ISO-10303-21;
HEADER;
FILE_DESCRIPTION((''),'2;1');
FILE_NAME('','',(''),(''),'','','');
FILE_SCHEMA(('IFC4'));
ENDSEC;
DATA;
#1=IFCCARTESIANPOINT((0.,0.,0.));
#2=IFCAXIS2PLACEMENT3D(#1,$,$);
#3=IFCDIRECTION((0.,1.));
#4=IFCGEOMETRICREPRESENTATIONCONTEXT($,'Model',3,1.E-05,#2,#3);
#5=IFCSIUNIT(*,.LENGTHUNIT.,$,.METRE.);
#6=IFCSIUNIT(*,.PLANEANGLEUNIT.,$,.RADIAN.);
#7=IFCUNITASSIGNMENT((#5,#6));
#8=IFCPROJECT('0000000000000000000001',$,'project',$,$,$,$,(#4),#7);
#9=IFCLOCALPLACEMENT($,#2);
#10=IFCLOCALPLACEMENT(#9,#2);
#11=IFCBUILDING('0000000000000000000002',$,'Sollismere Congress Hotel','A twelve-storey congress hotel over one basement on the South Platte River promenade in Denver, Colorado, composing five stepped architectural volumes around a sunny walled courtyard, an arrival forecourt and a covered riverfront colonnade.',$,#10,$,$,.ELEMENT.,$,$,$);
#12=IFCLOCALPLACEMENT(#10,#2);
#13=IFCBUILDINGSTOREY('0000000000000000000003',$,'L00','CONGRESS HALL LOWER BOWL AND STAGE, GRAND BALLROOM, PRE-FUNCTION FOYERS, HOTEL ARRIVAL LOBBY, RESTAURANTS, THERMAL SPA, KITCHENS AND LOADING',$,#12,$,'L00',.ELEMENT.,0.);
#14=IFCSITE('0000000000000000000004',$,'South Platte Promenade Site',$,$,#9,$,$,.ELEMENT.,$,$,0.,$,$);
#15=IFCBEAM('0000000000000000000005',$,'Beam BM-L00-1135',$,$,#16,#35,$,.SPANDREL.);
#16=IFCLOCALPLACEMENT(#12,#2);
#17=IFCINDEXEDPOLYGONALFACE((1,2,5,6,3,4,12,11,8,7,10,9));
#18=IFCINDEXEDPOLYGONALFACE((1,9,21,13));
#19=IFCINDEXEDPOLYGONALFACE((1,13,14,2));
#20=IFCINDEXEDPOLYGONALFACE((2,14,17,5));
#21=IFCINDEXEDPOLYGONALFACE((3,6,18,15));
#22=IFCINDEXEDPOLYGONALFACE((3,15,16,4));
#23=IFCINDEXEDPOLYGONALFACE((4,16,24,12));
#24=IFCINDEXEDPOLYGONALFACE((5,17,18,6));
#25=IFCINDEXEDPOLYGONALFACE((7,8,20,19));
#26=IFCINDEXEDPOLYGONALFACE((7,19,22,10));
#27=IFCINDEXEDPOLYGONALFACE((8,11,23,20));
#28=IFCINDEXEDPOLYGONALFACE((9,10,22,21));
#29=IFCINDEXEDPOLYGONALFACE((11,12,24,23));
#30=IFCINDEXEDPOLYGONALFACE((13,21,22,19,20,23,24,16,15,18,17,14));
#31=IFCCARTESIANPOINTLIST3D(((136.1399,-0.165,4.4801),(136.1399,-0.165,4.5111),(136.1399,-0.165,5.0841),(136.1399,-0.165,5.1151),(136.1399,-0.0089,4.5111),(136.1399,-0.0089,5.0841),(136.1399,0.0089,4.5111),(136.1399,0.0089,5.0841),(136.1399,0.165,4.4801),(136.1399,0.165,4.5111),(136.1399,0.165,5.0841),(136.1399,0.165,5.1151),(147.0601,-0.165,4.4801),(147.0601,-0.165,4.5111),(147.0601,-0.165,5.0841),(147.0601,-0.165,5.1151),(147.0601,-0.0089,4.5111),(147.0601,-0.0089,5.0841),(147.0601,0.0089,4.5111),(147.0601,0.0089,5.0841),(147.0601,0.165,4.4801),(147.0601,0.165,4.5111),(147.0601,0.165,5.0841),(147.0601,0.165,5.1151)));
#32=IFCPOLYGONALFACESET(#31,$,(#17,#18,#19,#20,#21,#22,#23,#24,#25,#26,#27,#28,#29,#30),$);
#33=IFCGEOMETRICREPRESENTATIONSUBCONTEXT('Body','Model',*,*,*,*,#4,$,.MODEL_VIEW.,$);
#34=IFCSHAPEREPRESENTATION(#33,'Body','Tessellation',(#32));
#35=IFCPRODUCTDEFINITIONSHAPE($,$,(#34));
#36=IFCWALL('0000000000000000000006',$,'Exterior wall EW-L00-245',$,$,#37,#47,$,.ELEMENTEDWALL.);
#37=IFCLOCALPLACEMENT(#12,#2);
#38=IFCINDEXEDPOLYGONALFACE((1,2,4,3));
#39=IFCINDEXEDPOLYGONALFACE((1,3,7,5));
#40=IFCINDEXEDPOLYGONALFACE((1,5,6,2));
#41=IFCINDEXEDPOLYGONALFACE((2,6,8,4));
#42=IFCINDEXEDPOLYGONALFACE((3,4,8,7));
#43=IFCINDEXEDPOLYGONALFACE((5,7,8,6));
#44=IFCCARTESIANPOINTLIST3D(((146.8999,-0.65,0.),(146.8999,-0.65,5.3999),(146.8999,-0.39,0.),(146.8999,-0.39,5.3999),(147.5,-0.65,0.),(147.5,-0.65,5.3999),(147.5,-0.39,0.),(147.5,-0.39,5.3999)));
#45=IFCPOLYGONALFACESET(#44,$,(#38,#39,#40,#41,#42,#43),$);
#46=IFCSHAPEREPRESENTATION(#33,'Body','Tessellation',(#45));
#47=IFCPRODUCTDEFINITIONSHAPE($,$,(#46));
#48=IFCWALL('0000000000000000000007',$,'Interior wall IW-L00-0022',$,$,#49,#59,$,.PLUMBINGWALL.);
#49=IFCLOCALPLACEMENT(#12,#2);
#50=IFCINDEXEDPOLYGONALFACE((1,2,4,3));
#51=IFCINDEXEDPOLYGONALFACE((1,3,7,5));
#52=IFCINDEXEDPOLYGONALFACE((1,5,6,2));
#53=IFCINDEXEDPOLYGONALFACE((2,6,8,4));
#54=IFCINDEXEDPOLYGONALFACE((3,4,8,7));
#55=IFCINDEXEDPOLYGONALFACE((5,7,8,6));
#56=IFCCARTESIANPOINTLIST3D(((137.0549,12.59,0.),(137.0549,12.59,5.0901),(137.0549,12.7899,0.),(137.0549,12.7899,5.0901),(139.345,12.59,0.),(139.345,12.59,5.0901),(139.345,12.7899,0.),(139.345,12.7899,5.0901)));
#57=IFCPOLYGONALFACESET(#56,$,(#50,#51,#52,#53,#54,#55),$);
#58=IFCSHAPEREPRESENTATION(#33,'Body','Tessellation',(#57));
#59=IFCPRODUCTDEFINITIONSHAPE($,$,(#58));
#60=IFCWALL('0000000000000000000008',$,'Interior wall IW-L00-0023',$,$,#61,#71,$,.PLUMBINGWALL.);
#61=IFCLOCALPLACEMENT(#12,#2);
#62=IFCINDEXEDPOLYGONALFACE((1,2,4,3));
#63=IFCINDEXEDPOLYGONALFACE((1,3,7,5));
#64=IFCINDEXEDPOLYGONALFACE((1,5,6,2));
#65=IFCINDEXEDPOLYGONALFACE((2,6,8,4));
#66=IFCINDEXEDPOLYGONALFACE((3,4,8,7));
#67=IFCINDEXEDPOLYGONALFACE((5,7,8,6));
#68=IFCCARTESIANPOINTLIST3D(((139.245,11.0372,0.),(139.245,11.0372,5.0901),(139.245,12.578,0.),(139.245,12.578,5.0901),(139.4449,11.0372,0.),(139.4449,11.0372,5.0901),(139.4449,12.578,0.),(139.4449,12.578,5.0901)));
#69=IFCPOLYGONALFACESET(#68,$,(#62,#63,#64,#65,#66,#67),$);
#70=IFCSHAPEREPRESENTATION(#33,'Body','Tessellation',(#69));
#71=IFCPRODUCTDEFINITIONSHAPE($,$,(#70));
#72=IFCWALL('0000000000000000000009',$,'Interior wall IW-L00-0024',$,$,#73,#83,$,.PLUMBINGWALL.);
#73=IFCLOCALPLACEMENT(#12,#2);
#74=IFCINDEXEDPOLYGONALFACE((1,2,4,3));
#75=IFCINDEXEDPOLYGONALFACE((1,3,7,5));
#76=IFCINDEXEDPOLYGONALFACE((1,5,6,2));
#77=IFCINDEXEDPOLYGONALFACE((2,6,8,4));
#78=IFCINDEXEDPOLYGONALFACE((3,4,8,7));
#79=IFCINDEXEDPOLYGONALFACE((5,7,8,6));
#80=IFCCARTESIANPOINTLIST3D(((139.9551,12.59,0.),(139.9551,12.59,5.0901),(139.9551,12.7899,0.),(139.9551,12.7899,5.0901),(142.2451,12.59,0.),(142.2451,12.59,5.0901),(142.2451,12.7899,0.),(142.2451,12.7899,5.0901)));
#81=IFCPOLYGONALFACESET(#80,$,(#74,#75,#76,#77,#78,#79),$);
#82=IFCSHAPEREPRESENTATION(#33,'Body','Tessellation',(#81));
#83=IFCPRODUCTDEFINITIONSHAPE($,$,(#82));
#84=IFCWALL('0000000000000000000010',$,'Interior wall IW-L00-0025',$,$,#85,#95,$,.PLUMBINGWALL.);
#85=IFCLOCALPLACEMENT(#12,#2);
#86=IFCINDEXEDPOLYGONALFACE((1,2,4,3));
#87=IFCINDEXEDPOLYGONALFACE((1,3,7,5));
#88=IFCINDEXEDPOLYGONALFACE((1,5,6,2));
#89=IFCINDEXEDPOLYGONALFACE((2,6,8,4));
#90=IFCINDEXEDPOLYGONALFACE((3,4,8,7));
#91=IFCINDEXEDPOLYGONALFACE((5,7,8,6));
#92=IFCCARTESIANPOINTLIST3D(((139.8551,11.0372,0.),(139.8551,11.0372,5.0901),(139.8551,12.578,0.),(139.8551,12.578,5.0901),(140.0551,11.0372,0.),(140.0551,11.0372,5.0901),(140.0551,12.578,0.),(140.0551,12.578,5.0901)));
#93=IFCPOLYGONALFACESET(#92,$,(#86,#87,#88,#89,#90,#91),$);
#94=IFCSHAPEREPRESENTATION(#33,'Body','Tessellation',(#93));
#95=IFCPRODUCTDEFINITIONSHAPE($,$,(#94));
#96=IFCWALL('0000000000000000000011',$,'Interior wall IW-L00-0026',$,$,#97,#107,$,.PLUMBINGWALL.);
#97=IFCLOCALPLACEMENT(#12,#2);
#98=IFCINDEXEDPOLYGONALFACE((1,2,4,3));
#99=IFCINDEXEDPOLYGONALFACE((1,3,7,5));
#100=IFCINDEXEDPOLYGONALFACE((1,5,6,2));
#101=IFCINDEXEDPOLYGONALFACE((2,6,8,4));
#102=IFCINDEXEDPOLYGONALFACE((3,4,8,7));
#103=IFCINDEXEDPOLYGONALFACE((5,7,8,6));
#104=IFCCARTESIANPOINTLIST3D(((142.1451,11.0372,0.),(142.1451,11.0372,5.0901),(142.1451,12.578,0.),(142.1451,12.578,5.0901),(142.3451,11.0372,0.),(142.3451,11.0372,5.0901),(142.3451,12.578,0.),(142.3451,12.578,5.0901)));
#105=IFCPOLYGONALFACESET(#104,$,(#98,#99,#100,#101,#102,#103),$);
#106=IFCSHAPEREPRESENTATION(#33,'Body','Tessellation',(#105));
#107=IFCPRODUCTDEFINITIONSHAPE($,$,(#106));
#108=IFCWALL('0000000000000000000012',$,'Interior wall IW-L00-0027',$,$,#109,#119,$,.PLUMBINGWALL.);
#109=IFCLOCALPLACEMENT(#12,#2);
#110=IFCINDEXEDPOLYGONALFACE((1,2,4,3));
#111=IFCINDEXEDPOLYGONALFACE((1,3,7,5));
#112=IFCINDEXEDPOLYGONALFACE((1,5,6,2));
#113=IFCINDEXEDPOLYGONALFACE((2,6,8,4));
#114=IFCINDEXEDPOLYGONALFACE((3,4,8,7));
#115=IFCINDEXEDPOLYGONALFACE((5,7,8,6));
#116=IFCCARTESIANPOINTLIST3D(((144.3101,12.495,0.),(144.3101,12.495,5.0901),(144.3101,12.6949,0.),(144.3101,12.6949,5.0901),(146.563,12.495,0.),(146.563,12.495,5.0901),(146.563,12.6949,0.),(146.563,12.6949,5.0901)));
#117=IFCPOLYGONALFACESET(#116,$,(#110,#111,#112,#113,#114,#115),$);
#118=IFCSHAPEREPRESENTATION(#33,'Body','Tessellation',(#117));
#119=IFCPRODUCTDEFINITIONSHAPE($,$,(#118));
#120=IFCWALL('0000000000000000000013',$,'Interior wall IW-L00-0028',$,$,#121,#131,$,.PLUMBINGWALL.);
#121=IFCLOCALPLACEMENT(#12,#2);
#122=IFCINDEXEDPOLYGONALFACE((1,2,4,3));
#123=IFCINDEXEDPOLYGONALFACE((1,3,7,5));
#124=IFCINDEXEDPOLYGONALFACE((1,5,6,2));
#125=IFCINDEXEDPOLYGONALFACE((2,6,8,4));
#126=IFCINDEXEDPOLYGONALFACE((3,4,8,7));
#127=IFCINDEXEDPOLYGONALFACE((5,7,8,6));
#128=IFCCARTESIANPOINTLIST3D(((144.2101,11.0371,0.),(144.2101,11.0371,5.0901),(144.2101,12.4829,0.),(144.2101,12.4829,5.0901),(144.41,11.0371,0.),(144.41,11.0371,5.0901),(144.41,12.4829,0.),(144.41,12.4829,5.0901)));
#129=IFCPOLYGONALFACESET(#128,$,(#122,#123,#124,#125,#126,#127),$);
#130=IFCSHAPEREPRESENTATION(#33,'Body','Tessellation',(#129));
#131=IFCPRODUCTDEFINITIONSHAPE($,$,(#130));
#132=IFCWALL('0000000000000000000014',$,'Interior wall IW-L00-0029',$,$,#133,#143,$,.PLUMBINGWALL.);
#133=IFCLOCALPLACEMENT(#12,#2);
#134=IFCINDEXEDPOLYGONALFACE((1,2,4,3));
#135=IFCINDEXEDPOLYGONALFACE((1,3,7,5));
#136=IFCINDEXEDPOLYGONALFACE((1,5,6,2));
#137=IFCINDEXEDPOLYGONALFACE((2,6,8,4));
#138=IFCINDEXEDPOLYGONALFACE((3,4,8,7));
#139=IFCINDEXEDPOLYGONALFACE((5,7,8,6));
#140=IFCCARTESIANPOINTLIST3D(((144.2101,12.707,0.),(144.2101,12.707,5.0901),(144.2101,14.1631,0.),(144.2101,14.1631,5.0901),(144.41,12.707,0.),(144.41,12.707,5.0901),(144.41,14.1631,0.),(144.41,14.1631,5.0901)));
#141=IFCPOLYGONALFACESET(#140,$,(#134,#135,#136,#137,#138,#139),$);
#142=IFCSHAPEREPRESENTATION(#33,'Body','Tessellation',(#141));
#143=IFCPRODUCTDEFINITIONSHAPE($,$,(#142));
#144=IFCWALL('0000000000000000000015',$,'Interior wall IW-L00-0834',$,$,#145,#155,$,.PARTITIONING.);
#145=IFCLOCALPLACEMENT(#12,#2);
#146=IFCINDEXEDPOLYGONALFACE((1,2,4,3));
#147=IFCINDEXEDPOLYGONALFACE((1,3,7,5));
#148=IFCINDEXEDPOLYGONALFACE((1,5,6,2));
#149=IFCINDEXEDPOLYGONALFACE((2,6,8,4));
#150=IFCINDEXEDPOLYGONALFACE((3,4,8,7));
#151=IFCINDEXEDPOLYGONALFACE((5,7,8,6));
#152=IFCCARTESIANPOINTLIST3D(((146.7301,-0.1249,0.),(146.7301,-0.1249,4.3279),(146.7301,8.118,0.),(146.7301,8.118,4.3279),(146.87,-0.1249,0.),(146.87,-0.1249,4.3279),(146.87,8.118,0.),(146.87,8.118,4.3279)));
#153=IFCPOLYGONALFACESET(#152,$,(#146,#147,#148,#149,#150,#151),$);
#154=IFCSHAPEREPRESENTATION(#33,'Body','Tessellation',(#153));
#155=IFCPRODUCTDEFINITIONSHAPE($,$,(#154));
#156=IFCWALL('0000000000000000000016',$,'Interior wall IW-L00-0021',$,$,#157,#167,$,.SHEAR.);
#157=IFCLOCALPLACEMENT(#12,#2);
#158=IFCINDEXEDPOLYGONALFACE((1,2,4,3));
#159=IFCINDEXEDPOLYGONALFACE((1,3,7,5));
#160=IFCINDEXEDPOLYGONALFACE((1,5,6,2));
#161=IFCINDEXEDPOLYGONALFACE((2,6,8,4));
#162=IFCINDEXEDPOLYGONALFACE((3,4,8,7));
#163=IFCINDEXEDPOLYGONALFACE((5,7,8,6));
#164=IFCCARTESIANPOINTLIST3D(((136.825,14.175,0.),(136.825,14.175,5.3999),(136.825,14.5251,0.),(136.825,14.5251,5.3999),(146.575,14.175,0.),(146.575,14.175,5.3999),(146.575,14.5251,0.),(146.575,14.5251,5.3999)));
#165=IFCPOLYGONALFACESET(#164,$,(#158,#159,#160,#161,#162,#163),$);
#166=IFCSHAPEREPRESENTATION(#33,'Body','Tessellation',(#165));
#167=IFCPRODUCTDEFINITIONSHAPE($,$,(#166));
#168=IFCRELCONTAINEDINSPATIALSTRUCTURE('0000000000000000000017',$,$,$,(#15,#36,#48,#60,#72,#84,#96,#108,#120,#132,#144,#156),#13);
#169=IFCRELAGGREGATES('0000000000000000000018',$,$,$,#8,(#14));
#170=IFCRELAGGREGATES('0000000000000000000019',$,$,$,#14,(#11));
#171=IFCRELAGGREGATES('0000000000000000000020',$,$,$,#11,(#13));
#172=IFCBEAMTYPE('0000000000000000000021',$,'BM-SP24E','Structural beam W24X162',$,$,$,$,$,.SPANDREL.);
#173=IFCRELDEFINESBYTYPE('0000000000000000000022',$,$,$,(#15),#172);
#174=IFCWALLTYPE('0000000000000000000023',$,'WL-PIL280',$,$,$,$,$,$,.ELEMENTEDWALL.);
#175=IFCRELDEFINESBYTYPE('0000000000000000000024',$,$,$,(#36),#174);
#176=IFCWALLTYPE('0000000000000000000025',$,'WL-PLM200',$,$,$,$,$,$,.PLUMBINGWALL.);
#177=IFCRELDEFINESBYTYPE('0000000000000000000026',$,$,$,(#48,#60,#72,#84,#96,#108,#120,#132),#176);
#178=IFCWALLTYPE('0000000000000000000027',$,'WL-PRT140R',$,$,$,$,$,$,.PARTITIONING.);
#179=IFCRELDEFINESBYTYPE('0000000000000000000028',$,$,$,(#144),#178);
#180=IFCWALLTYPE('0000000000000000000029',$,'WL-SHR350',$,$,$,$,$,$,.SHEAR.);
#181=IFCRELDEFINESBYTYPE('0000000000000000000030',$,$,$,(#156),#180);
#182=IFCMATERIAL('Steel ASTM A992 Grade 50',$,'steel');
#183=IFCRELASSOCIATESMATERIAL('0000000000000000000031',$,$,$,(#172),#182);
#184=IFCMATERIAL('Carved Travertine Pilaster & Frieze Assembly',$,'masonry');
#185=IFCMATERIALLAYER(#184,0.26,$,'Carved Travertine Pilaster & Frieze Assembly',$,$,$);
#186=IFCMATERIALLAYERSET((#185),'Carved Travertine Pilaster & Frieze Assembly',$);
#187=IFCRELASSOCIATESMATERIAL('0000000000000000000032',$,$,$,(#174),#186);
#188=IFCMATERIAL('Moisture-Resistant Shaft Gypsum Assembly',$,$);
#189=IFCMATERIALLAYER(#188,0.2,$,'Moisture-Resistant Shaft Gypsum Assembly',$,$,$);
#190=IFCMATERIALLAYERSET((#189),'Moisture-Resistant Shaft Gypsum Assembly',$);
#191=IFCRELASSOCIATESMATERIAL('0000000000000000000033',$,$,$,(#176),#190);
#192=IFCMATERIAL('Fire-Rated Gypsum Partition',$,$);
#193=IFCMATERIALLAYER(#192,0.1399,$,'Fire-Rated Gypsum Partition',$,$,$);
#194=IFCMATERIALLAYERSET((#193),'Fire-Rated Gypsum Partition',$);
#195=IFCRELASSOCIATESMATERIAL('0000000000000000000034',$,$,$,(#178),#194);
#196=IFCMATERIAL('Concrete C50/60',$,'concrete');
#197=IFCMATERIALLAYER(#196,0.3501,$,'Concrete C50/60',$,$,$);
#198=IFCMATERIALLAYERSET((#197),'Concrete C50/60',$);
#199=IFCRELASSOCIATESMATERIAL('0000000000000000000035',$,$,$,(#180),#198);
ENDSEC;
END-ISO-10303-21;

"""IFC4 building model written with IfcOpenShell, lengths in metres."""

from ifc_helpers import new_model, si_unit, direction, frame, frame_2d, origin, origin_2d, place, context, subcontext, project, spatial, rectangle, i_section, extrude, material, layer, layer_set, material_profile, profile_set, type_object, element, save


model = new_model("IFC4")

# Units and contexts
model_context = context("Model", 3, precision=1e-05, world=origin(), true_north=direction((0.0, 1.0)))
body_context = subcontext(model_context, "Body", "Model", "MODEL_VIEW")
ifc_project = project(units=[si_unit("LENGTHUNIT", "METRE"), si_unit("PLANEANGLEUNIT", "RADIAN")], contexts=[model_context])

# Site, building, storey
site_placement = place(None, origin())
site = spatial("IfcSite", under=ifc_project, at=site_placement, Name="South Platte Promenade Site", CompositionType="ELEMENT", RefElevation=0.0)
building_placement = place(site_placement, origin())
building = spatial("IfcBuilding", under=site, at=building_placement, Name="Sollismere Congress Hotel", Description="A twelve-storey congress hotel over one basement on the South Platte River promenade in Denver, Colorado, composing five stepped architectural volumes around a sunny walled courtyard, an arrival forecourt and a covered riverfront colonnade.", CompositionType="ELEMENT")
storey_placement = place(building_placement, origin())
storey = spatial("IfcBuildingStorey", under=building, at=storey_placement, Name="L00", Description="CONGRESS HALL LOWER BOWL AND STAGE, GRAND BALLROOM, PRE-FUNCTION FOYERS, HOTEL ARRIVAL LOBBY, RESTAURANTS, THERMAL SPA, KITCHENS AND LOADING", LongName="L00", CompositionType="ELEMENT", Elevation=0.0)

# Shared definitions
ifc_material_1 = material(Name="Steel ASTM A992 Grade 50", Category="steel")

# Beam
ifc_material_profile_1 = material_profile(ifc_material_1, i_section(OverallWidth=0.3301, OverallDepth=0.635, WebThickness=0.0178, FlangeThickness=0.031, at=origin_2d()), Name="W24X162")
ifc_profile_set_1 = profile_set([ifc_material_profile_1], Name="Steel ASTM A992 Grade 50")
beam_type_1 = type_object("IfcBeamType", Name="BM-SP24E", Description="Structural beam W24X162", PredefinedType="SPANDREL", material=ifc_profile_set_1)
beam_1_placement = place(storey_placement, frame((136.1399, 0.0, 4.7976), z_axis=(1.0, 0.0, 0.0), x_axis=(0.0, 1.0, 0.0)))
element("IfcBeam", 1, at=beam_1_placement, inside=storey, type_object=beam_type_1, Name="Beam BM-L00-1135", PredefinedType="SPANDREL", context=body_context, shape_type="SweptSolid", body=[
    extrude(i_section(OverallWidth=0.3301, OverallDepth=0.635, WebThickness=0.0178, FlangeThickness=0.031, at=origin_2d()), origin(), (0.0, 0.0, 1.0), 10.9202),
])

# Walls
ifc_material_2 = material(Name="Carved Travertine Pilaster & Frieze Assembly", Category="masonry")
ifc_layer_1 = layer(ifc_material_2, 0.26, Name="Carved Travertine Pilaster & Frieze Assembly")
ifc_layer_set_1 = layer_set([ifc_layer_1], Name="Carved Travertine Pilaster & Frieze Assembly")
wall_type_1 = type_object("IfcWallType", Name="WL-PIL280", PredefinedType="ELEMENTEDWALL", material=ifc_layer_set_1)
wall_1_placement = place(storey_placement, frame((146.8999, -0.52, 0.0), z_axis=(0.0, 0.0, 1.0), x_axis=(1.0, 0.0, 0.0)))
element("IfcWall", 2, at=wall_1_placement, inside=storey, type_object=wall_type_1, Name="Exterior wall EW-L00-245", PredefinedType="ELEMENTEDWALL", context=body_context, shape_type="SweptSolid", body=[
    extrude(rectangle(XDim=0.6001, YDim=0.26, at=frame_2d((0.3, 0.0))), origin(), (0.0, 0.0, 1.0), 5.3999),
])
ifc_material_3 = material(Name="Moisture-Resistant Shaft Gypsum Assembly")
ifc_layer_2 = layer(ifc_material_3, 0.2, Name="Moisture-Resistant Shaft Gypsum Assembly")
ifc_layer_set_2 = layer_set([ifc_layer_2], Name="Moisture-Resistant Shaft Gypsum Assembly")
wall_type_2 = type_object("IfcWallType", Name="WL-PLM200", PredefinedType="PLUMBINGWALL", material=ifc_layer_set_2)
wall_2_placement = place(storey_placement, frame((137.0549, 12.6899, 0.0), z_axis=(0.0, 0.0, 1.0), x_axis=(1.0, 0.0, 0.0)))
element("IfcWall", 3, at=wall_2_placement, inside=storey, type_object=wall_type_2, Name="Interior wall IW-L00-0022", PredefinedType="PLUMBINGWALL", context=body_context, shape_type="SweptSolid", body=[
    extrude(rectangle(XDim=2.29, YDim=0.2, at=frame_2d((1.145, 0.0))), origin(), (0.0, 0.0, 1.0), 5.0901),
])
wall_3_placement = place(storey_placement, frame((139.345, 11.0371, 0.0), z_axis=(0.0, 0.0, 1.0), x_axis=(0.0, 1.0, 0.0)))
element("IfcWall", 4, at=wall_3_placement, inside=storey, type_object=wall_type_2, Name="Interior wall IW-L00-0023", PredefinedType="PLUMBINGWALL", context=body_context, shape_type="SweptSolid", body=[
    extrude(rectangle(XDim=1.5408, YDim=0.2, at=frame_2d((0.7705, 0.0))), origin(), (0.0, 0.0, 1.0), 5.0901),
])
wall_4_placement = place(storey_placement, frame((139.9551, 12.6899, 0.0), z_axis=(0.0, 0.0, 1.0), x_axis=(1.0, 0.0, 0.0)))
element("IfcWall", 5, at=wall_4_placement, inside=storey, type_object=wall_type_2, Name="Interior wall IW-L00-0024", PredefinedType="PLUMBINGWALL", context=body_context, shape_type="SweptSolid", body=[
    extrude(rectangle(XDim=2.29, YDim=0.2, at=frame_2d((1.145, 0.0))), origin(), (0.0, 0.0, 1.0), 5.0901),
])
for number, where, z_axis, x_axis, name in (
    (6, (139.9551, 11.0371, 0.0), (0.0, 0.0, 1.0), (0.0, 1.0, 0.0), "Interior wall IW-L00-0025"),
    (7, (142.2451, 11.0371, 0.0), (0.0, 0.0, 1.0), (0.0, 1.0, 0.0), "Interior wall IW-L00-0026"),
):
    element("IfcWall", number, at=place(storey_placement, frame(where, z_axis=z_axis, x_axis=x_axis)), inside=storey, type_object=wall_type_2, Name=name, PredefinedType="PLUMBINGWALL", context=body_context, shape_type="SweptSolid", body=[
        extrude(rectangle(XDim=1.5408, YDim=0.2, at=frame_2d((0.7705, 0.0))), origin(), (0.0, 0.0, 1.0), 5.0901),
    ])
wall_5_placement = place(storey_placement, frame((144.3101, 12.595, 0.0), z_axis=(0.0, 0.0, 1.0), x_axis=(1.0, 0.0, 0.0)))
element("IfcWall", 8, at=wall_5_placement, inside=storey, type_object=wall_type_2, Name="Interior wall IW-L00-0027", PredefinedType="PLUMBINGWALL", context=body_context, shape_type="SweptSolid", body=[
    extrude(rectangle(XDim=2.2529, YDim=0.2, at=frame_2d((1.1265, 0.0))), origin(), (0.0, 0.0, 1.0), 5.0901),
])
wall_6_placement = place(storey_placement, frame((144.3101, 11.0371, 0.0), z_axis=(0.0, 0.0, 1.0), x_axis=(0.0, 1.0, 0.0)))
element("IfcWall", 9, at=wall_6_placement, inside=storey, type_object=wall_type_2, Name="Interior wall IW-L00-0028", PredefinedType="PLUMBINGWALL", context=body_context, shape_type="SweptSolid", body=[
    extrude(rectangle(XDim=1.4458, YDim=0.2, at=frame_2d((0.7229, 0.0))), origin(), (0.0, 0.0, 1.0), 5.0901),
])
wall_7_placement = place(storey_placement, frame((144.3101, 12.707, 0.0), z_axis=(0.0, 0.0, 1.0), x_axis=(0.0, 1.0, 0.0)))
element("IfcWall", 10, at=wall_7_placement, inside=storey, type_object=wall_type_2, Name="Interior wall IW-L00-0029", PredefinedType="PLUMBINGWALL", context=body_context, shape_type="SweptSolid", body=[
    extrude(rectangle(XDim=1.4561, YDim=0.2, at=frame_2d((0.728, 0.0))), origin(), (0.0, 0.0, 1.0), 5.0901),
])
ifc_material_4 = material(Name="Fire-Rated Gypsum Partition")
ifc_layer_3 = layer(ifc_material_4, 0.1399, Name="Fire-Rated Gypsum Partition")
ifc_layer_set_3 = layer_set([ifc_layer_3], Name="Fire-Rated Gypsum Partition")
wall_type_3 = type_object("IfcWallType", Name="WL-PRT140R", PredefinedType="PARTITIONING", material=ifc_layer_set_3)
wall_8_placement = place(storey_placement, frame((146.8, -0.125, 0.0), z_axis=(0.0, 0.0, 1.0), x_axis=(0.0, 1.0, 0.0)))
element("IfcWall", 11, at=wall_8_placement, inside=storey, type_object=wall_type_3, Name="Interior wall IW-L00-0834", PredefinedType="PARTITIONING", context=body_context, shape_type="SweptSolid", body=[
    extrude(rectangle(XDim=8.2429, YDim=0.1399, at=frame_2d((4.1216, 0.0))), origin(), (0.0, 0.0, 1.0), 4.3279),
])
ifc_material_5 = material(Name="Concrete C50/60", Category="concrete")
ifc_layer_4 = layer(ifc_material_5, 0.3501, Name="Concrete C50/60")
ifc_layer_set_4 = layer_set([ifc_layer_4], Name="Concrete C50/60")
wall_type_4 = type_object("IfcWallType", Name="WL-SHR350", PredefinedType="SHEAR", material=ifc_layer_set_4)
wall_9_placement = place(storey_placement, frame((136.825, 14.3501, 0.0), z_axis=(0.0, 0.0, 1.0), x_axis=(1.0, 0.0, 0.0)))
element("IfcWall", 12, at=wall_9_placement, inside=storey, type_object=wall_type_4, Name="Interior wall IW-L00-0021", PredefinedType="SHEAR", context=body_context, shape_type="SweptSolid", body=[
    extrude(rectangle(XDim=9.75, YDim=0.3501, at=frame_2d((4.875, 0.0))), origin(), (0.0, 0.0, 1.0), 5.3999),
])

save(model, "model.ifc")
